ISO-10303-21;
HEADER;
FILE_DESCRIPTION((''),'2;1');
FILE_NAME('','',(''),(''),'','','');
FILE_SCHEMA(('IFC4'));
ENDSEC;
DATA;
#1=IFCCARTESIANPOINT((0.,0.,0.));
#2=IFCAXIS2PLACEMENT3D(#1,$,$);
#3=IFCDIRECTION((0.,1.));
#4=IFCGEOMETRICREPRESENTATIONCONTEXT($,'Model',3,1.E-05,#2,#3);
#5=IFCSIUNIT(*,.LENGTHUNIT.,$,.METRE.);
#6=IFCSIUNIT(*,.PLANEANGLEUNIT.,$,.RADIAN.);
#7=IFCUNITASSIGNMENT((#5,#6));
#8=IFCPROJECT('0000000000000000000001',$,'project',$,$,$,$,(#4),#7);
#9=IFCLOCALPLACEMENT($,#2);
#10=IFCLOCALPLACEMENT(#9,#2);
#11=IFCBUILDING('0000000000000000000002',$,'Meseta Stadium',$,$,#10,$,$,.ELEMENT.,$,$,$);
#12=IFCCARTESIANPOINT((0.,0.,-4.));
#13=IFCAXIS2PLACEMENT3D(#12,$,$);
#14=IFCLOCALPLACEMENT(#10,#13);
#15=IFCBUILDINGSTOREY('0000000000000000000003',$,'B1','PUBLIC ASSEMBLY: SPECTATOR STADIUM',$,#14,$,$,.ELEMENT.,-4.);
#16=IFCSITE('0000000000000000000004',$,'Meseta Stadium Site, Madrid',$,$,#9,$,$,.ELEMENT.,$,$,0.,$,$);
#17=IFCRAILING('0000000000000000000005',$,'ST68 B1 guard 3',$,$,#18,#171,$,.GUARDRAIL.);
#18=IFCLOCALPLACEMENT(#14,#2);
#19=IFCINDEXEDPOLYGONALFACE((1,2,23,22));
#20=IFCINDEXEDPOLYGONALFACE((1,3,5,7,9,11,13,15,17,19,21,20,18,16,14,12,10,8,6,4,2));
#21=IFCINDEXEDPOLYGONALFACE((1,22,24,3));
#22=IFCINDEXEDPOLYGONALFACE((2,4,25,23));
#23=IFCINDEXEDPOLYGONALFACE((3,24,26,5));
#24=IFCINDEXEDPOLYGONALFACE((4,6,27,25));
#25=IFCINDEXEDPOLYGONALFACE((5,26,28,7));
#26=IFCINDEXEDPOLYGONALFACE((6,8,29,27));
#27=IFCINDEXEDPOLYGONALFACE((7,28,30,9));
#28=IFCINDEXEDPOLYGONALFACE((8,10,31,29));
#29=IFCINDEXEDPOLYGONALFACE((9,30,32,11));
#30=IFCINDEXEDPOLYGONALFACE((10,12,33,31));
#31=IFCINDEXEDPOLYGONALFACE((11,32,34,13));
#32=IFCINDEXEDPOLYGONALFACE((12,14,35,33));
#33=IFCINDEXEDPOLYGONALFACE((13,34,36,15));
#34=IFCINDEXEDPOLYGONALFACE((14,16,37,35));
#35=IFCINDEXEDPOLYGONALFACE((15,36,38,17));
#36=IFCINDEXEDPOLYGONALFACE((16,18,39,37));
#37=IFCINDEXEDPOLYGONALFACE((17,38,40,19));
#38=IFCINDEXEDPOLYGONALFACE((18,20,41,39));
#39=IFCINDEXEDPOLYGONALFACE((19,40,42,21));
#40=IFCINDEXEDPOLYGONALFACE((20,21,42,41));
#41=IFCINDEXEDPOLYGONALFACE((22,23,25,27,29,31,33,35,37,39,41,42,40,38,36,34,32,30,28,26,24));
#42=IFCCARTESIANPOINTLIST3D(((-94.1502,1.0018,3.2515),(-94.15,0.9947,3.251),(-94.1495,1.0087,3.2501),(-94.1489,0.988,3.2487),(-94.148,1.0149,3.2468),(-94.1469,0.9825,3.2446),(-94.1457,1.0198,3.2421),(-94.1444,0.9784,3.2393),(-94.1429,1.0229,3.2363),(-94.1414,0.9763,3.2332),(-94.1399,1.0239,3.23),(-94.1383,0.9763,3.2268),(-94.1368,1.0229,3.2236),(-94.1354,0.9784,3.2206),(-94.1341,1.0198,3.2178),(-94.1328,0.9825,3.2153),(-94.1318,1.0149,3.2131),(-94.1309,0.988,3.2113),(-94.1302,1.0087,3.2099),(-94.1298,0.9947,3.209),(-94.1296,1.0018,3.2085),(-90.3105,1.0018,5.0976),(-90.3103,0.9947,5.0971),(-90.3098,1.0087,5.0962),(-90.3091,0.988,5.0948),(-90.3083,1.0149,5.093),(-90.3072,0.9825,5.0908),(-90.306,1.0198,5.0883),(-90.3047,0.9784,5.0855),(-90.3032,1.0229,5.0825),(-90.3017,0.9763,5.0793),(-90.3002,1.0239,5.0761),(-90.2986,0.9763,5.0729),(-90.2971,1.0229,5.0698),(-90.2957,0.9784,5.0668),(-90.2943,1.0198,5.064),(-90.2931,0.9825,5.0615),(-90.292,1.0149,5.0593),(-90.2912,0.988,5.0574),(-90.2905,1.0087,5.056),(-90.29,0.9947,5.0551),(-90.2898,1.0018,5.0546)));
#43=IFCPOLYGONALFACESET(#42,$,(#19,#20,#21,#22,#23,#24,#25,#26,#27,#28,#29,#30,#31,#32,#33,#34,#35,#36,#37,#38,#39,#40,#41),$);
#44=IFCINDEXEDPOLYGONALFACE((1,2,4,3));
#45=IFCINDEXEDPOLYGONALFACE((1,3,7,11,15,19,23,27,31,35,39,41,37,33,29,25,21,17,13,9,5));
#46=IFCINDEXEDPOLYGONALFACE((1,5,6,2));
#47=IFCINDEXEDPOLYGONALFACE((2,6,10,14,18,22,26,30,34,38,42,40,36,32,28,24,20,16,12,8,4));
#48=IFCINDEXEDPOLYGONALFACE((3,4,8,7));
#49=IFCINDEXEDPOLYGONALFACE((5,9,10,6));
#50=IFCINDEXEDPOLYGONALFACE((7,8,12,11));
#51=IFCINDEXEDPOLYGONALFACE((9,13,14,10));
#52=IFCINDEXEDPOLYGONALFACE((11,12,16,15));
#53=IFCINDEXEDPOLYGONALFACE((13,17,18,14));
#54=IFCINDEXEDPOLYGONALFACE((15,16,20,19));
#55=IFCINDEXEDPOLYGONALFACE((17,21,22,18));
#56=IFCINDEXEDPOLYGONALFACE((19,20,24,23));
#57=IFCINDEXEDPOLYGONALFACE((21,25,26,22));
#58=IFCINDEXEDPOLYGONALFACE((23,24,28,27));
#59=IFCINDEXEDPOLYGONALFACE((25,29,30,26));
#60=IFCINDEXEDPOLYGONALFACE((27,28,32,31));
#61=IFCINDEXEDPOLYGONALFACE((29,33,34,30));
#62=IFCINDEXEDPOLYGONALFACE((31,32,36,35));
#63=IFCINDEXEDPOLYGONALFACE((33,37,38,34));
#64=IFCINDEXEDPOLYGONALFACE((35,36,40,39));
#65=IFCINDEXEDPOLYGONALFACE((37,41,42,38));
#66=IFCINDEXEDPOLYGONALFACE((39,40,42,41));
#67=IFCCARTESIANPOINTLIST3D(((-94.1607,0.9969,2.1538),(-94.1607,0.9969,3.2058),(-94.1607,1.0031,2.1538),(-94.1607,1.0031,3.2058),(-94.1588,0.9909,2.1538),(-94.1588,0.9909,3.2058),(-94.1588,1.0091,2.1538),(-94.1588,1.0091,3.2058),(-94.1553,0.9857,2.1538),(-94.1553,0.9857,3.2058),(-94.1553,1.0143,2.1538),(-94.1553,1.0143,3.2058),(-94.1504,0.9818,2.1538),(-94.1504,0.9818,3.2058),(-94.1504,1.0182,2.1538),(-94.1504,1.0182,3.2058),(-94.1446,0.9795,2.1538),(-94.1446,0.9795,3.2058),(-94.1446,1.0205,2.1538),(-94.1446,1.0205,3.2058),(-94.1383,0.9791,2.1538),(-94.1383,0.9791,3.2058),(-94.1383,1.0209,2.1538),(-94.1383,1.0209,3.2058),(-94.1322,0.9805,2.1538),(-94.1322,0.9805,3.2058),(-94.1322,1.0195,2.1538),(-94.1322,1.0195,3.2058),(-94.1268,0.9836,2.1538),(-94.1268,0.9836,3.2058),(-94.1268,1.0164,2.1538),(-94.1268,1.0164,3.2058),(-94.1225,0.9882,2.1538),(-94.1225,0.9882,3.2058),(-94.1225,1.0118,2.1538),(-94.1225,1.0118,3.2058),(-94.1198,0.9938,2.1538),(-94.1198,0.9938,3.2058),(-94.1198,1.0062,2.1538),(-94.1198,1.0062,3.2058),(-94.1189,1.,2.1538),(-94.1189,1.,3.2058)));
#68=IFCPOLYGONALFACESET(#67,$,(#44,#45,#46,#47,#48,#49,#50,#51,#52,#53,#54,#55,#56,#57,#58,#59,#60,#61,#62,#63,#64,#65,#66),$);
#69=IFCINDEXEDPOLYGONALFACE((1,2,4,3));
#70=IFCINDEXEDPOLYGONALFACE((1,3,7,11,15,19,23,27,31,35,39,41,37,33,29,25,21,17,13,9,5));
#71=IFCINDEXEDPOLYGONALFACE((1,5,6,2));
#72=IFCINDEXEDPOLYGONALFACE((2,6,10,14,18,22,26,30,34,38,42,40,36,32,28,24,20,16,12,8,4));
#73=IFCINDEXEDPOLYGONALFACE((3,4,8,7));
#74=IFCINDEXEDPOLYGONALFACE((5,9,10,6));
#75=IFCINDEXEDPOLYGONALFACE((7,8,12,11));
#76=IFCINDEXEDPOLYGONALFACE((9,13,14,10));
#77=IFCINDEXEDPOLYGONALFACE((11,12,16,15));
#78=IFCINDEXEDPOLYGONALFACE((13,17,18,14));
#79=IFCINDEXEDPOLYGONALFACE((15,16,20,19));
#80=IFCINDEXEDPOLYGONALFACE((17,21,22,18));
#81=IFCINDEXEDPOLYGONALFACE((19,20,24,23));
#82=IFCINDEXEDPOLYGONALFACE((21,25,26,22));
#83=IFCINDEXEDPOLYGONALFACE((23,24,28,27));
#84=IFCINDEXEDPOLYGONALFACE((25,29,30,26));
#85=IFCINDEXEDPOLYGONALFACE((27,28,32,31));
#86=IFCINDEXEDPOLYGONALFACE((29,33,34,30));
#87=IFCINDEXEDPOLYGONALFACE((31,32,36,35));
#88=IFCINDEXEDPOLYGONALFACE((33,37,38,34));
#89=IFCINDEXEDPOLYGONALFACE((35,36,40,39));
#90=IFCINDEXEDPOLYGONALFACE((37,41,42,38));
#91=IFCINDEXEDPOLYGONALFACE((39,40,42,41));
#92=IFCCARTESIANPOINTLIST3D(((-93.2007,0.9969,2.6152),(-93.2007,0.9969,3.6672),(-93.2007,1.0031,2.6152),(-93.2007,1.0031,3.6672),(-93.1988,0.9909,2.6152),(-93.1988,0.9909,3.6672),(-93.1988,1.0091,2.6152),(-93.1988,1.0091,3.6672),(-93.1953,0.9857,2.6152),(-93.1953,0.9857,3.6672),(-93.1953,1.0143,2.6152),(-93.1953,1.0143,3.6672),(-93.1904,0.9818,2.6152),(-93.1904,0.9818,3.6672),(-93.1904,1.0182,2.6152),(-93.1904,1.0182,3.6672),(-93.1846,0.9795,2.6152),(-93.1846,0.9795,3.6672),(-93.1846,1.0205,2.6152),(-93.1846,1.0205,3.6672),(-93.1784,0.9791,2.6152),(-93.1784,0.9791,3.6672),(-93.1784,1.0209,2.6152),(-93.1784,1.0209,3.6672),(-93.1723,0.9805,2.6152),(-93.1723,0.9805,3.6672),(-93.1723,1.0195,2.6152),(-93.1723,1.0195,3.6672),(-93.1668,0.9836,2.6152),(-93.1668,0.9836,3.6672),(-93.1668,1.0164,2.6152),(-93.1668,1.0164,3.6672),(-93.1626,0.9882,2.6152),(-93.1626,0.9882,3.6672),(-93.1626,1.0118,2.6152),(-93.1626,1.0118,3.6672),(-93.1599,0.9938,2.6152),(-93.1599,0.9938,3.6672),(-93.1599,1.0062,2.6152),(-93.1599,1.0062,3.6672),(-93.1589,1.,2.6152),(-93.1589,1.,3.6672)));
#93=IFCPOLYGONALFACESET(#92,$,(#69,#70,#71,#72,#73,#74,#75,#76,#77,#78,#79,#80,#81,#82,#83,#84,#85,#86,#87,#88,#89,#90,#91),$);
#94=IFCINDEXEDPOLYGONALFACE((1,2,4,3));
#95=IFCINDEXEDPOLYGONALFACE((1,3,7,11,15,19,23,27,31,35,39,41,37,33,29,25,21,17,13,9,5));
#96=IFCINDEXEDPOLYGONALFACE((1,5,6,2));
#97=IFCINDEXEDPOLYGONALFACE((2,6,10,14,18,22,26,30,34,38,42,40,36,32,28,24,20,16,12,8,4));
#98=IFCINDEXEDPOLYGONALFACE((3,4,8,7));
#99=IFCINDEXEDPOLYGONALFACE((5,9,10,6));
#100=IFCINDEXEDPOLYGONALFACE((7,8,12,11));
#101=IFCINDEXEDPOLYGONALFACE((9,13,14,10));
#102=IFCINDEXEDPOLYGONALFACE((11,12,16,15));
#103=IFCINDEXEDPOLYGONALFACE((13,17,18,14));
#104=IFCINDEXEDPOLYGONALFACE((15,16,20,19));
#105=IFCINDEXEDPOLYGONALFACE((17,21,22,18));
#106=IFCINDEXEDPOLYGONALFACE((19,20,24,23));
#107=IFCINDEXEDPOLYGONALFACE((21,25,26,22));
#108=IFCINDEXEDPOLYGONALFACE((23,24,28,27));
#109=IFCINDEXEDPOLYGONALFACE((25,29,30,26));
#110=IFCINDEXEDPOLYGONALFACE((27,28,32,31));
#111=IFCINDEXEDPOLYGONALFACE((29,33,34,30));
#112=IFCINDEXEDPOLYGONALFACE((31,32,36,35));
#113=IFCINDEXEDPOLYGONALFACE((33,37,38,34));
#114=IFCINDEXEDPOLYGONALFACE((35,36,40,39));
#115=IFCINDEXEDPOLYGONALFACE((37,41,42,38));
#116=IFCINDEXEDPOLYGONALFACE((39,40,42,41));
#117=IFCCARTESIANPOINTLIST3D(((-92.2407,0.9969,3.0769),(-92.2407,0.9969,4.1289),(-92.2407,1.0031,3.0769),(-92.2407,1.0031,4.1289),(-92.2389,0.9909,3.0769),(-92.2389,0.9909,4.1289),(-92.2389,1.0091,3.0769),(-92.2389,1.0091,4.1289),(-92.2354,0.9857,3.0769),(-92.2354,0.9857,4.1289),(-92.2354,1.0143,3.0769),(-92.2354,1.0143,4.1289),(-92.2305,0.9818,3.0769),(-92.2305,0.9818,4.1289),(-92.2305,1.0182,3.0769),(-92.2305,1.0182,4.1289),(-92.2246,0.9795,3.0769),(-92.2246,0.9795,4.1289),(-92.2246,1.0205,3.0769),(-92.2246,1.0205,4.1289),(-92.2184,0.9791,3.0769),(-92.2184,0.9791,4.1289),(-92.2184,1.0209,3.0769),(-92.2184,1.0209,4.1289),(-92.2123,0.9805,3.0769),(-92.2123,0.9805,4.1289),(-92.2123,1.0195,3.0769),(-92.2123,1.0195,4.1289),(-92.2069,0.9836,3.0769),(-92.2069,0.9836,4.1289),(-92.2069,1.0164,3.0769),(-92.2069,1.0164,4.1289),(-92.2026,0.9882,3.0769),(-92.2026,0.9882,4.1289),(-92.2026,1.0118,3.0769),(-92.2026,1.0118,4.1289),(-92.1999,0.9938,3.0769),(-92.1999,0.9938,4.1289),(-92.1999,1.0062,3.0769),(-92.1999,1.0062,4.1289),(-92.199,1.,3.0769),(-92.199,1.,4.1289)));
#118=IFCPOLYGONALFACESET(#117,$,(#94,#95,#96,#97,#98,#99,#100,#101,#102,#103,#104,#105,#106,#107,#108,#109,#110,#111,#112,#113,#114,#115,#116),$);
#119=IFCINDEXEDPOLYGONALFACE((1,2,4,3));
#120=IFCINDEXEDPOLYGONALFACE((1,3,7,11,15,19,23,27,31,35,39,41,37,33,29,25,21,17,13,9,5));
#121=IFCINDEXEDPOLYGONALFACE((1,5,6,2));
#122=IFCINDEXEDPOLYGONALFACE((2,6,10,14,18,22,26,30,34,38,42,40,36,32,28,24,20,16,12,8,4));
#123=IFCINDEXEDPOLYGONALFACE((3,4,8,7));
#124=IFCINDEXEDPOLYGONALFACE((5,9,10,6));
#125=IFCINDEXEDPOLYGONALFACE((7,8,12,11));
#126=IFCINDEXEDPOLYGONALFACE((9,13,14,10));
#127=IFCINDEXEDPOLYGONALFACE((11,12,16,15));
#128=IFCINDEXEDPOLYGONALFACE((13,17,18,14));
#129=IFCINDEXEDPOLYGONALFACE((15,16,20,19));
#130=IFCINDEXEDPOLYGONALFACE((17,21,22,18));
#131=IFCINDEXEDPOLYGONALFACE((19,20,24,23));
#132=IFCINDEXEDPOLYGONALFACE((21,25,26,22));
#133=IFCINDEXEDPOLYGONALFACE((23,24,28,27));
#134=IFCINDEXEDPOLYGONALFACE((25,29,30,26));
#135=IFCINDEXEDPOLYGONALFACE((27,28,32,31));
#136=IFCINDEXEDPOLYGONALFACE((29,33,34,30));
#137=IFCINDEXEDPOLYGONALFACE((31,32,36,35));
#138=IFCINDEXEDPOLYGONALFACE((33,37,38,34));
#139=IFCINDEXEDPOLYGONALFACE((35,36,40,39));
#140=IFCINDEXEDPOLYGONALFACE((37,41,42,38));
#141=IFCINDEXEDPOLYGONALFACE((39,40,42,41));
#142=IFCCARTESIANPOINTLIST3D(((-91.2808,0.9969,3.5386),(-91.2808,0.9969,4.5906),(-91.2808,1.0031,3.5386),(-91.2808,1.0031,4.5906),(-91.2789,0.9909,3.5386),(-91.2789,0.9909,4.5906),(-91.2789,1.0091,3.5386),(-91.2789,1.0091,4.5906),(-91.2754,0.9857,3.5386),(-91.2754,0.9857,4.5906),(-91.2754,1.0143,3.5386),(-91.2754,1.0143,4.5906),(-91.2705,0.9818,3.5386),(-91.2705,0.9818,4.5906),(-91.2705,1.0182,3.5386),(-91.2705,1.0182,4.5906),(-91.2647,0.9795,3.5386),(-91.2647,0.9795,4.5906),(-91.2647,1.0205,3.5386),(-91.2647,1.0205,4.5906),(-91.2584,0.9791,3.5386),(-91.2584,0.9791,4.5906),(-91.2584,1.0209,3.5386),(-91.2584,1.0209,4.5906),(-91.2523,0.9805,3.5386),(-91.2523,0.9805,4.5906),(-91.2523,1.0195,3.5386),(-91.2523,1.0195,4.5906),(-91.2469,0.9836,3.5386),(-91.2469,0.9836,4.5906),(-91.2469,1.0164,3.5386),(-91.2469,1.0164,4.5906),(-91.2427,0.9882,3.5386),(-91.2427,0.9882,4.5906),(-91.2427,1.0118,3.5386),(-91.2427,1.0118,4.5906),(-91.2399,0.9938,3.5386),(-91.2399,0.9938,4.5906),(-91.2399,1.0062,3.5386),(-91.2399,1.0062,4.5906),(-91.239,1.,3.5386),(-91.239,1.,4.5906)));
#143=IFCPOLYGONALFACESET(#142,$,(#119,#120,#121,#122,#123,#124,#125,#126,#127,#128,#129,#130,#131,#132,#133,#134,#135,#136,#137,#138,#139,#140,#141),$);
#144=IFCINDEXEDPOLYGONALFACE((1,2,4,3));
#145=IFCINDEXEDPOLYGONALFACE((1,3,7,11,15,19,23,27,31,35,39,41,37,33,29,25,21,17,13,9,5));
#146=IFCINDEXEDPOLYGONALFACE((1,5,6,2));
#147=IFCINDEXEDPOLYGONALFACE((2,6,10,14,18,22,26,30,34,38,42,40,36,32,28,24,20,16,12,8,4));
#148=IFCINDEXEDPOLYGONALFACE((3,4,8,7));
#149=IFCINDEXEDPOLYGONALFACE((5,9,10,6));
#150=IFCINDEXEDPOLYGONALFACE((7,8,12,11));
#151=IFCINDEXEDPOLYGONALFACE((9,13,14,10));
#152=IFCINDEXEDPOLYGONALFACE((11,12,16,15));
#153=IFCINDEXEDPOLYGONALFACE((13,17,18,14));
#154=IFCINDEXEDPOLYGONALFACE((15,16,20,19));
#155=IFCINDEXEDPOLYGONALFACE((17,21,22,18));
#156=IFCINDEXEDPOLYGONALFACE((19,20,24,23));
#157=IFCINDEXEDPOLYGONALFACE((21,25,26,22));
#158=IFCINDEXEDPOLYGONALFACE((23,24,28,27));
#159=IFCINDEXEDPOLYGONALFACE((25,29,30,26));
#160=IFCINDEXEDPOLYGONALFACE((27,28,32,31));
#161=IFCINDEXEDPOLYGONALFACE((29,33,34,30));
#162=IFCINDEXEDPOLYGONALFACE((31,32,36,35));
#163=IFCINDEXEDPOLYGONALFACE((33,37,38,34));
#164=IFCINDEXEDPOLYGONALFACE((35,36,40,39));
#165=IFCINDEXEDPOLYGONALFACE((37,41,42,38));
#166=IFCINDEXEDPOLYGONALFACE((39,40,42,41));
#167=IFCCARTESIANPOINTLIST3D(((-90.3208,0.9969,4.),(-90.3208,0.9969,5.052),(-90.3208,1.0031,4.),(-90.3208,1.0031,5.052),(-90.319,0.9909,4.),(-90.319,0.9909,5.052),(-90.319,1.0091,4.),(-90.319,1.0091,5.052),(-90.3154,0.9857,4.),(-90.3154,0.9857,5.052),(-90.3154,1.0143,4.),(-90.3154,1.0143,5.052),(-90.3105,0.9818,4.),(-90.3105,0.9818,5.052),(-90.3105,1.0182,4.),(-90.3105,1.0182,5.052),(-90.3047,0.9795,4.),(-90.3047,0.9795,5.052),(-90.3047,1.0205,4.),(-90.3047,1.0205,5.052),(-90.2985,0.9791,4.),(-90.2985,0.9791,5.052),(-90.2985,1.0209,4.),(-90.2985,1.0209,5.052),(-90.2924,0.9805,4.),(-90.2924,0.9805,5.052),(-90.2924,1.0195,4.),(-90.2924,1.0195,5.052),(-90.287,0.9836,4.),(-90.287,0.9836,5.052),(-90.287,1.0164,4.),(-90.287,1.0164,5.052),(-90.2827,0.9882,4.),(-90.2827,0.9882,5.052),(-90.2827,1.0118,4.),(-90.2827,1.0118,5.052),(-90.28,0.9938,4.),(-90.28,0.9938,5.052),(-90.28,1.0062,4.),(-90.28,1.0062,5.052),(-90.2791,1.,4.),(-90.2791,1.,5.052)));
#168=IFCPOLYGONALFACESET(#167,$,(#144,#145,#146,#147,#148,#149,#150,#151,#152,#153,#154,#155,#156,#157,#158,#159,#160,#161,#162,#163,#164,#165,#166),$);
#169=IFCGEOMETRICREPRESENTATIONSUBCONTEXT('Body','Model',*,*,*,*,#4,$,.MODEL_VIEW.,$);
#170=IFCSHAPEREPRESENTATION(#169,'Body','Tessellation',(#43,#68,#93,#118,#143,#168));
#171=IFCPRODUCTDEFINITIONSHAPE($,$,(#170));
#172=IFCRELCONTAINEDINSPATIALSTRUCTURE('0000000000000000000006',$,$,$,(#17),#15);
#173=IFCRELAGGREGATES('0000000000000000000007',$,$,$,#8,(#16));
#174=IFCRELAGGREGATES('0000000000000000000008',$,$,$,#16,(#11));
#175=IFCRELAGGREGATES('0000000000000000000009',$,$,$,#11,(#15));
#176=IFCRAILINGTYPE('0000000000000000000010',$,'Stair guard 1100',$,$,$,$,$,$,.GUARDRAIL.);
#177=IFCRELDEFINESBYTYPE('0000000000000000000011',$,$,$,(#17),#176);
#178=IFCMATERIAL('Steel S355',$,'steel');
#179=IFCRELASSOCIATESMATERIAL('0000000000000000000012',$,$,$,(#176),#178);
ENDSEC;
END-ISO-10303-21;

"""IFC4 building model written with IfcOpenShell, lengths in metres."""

from ifc_helpers import new_model, si_unit, direction, frame, origin, origin_2d, place, context, subcontext, project, spatial, circle, extrude, material, type_object, element, save


model = new_model("IFC4")

# Units and contexts
model_context = context("Model", 3, precision=1e-05, world=origin(), true_north=direction((0.0, 1.0)))
body_context = subcontext(model_context, "Body", "Model", "MODEL_VIEW")
ifc_project = project(units=[si_unit("LENGTHUNIT", "METRE"), si_unit("PLANEANGLEUNIT", "RADIAN")], contexts=[model_context])

# Site, building, storey
site_placement = place(None, origin())
site = spatial("IfcSite", under=ifc_project, at=site_placement, Name="Meseta Stadium Site, Madrid", CompositionType="ELEMENT", RefElevation=0.0)
building_placement = place(site_placement, origin())
building = spatial("IfcBuilding", under=site, at=building_placement, Name="Meseta Stadium", CompositionType="ELEMENT")
storey_placement = place(building_placement, frame((0.0, 0.0, -4.0)))
storey = spatial("IfcBuildingStorey", under=building, at=storey_placement, Name="B1", Description="PUBLIC ASSEMBLY: SPECTATOR STADIUM", CompositionType="ELEMENT", Elevation=-4.0)

# Railing
ifc_material_1 = material(Name="Steel S355", Category="steel")
railing_type_1 = type_object("IfcRailingType", Name="Stair guard 1100", PredefinedType="GUARDRAIL", material=ifc_material_1)
railing_1_placement = place(storey_placement, frame((-94.1399, 1.0, 2.1538)))
element("IfcRailing", 1, at=railing_1_placement, inside=storey, type_object=railing_type_1, Name="ST68 B1 guard 3", PredefinedType="GUARDRAIL", context=body_context, shape_type="SweptSolid", body=[
    extrude(circle(Radius=0.0239, at=origin_2d()), frame((0.0, 0.0, 1.0762), z_axis=(0.901242, 0.0, 0.433316), x_axis=(0.0, 1.0, 0.0)), (0.0, 0.0, 1.0), 4.2605),
    extrude(circle(Radius=0.021, at=origin_2d()), origin(), (0.0, 0.0, 1.0), 1.052),
    extrude(circle(Radius=0.021, at=origin_2d()), frame((0.96, 0.0, 0.4614)), (0.0, 0.0, 1.0), 1.052),
    extrude(circle(Radius=0.021, at=origin_2d()), frame((1.9199, 0.0, 0.9231)), (0.0, 0.0, 1.0), 1.052),
    extrude(circle(Radius=0.021, at=origin_2d()), frame((2.8799, 0.0, 1.3848)), (0.0, 0.0, 1.0), 1.052),
    extrude(circle(Radius=0.021, at=origin_2d()), frame((3.8398, 0.0, 1.8462)), (0.0, 0.0, 1.0), 1.052),
])

save(model, "model.ifc")
